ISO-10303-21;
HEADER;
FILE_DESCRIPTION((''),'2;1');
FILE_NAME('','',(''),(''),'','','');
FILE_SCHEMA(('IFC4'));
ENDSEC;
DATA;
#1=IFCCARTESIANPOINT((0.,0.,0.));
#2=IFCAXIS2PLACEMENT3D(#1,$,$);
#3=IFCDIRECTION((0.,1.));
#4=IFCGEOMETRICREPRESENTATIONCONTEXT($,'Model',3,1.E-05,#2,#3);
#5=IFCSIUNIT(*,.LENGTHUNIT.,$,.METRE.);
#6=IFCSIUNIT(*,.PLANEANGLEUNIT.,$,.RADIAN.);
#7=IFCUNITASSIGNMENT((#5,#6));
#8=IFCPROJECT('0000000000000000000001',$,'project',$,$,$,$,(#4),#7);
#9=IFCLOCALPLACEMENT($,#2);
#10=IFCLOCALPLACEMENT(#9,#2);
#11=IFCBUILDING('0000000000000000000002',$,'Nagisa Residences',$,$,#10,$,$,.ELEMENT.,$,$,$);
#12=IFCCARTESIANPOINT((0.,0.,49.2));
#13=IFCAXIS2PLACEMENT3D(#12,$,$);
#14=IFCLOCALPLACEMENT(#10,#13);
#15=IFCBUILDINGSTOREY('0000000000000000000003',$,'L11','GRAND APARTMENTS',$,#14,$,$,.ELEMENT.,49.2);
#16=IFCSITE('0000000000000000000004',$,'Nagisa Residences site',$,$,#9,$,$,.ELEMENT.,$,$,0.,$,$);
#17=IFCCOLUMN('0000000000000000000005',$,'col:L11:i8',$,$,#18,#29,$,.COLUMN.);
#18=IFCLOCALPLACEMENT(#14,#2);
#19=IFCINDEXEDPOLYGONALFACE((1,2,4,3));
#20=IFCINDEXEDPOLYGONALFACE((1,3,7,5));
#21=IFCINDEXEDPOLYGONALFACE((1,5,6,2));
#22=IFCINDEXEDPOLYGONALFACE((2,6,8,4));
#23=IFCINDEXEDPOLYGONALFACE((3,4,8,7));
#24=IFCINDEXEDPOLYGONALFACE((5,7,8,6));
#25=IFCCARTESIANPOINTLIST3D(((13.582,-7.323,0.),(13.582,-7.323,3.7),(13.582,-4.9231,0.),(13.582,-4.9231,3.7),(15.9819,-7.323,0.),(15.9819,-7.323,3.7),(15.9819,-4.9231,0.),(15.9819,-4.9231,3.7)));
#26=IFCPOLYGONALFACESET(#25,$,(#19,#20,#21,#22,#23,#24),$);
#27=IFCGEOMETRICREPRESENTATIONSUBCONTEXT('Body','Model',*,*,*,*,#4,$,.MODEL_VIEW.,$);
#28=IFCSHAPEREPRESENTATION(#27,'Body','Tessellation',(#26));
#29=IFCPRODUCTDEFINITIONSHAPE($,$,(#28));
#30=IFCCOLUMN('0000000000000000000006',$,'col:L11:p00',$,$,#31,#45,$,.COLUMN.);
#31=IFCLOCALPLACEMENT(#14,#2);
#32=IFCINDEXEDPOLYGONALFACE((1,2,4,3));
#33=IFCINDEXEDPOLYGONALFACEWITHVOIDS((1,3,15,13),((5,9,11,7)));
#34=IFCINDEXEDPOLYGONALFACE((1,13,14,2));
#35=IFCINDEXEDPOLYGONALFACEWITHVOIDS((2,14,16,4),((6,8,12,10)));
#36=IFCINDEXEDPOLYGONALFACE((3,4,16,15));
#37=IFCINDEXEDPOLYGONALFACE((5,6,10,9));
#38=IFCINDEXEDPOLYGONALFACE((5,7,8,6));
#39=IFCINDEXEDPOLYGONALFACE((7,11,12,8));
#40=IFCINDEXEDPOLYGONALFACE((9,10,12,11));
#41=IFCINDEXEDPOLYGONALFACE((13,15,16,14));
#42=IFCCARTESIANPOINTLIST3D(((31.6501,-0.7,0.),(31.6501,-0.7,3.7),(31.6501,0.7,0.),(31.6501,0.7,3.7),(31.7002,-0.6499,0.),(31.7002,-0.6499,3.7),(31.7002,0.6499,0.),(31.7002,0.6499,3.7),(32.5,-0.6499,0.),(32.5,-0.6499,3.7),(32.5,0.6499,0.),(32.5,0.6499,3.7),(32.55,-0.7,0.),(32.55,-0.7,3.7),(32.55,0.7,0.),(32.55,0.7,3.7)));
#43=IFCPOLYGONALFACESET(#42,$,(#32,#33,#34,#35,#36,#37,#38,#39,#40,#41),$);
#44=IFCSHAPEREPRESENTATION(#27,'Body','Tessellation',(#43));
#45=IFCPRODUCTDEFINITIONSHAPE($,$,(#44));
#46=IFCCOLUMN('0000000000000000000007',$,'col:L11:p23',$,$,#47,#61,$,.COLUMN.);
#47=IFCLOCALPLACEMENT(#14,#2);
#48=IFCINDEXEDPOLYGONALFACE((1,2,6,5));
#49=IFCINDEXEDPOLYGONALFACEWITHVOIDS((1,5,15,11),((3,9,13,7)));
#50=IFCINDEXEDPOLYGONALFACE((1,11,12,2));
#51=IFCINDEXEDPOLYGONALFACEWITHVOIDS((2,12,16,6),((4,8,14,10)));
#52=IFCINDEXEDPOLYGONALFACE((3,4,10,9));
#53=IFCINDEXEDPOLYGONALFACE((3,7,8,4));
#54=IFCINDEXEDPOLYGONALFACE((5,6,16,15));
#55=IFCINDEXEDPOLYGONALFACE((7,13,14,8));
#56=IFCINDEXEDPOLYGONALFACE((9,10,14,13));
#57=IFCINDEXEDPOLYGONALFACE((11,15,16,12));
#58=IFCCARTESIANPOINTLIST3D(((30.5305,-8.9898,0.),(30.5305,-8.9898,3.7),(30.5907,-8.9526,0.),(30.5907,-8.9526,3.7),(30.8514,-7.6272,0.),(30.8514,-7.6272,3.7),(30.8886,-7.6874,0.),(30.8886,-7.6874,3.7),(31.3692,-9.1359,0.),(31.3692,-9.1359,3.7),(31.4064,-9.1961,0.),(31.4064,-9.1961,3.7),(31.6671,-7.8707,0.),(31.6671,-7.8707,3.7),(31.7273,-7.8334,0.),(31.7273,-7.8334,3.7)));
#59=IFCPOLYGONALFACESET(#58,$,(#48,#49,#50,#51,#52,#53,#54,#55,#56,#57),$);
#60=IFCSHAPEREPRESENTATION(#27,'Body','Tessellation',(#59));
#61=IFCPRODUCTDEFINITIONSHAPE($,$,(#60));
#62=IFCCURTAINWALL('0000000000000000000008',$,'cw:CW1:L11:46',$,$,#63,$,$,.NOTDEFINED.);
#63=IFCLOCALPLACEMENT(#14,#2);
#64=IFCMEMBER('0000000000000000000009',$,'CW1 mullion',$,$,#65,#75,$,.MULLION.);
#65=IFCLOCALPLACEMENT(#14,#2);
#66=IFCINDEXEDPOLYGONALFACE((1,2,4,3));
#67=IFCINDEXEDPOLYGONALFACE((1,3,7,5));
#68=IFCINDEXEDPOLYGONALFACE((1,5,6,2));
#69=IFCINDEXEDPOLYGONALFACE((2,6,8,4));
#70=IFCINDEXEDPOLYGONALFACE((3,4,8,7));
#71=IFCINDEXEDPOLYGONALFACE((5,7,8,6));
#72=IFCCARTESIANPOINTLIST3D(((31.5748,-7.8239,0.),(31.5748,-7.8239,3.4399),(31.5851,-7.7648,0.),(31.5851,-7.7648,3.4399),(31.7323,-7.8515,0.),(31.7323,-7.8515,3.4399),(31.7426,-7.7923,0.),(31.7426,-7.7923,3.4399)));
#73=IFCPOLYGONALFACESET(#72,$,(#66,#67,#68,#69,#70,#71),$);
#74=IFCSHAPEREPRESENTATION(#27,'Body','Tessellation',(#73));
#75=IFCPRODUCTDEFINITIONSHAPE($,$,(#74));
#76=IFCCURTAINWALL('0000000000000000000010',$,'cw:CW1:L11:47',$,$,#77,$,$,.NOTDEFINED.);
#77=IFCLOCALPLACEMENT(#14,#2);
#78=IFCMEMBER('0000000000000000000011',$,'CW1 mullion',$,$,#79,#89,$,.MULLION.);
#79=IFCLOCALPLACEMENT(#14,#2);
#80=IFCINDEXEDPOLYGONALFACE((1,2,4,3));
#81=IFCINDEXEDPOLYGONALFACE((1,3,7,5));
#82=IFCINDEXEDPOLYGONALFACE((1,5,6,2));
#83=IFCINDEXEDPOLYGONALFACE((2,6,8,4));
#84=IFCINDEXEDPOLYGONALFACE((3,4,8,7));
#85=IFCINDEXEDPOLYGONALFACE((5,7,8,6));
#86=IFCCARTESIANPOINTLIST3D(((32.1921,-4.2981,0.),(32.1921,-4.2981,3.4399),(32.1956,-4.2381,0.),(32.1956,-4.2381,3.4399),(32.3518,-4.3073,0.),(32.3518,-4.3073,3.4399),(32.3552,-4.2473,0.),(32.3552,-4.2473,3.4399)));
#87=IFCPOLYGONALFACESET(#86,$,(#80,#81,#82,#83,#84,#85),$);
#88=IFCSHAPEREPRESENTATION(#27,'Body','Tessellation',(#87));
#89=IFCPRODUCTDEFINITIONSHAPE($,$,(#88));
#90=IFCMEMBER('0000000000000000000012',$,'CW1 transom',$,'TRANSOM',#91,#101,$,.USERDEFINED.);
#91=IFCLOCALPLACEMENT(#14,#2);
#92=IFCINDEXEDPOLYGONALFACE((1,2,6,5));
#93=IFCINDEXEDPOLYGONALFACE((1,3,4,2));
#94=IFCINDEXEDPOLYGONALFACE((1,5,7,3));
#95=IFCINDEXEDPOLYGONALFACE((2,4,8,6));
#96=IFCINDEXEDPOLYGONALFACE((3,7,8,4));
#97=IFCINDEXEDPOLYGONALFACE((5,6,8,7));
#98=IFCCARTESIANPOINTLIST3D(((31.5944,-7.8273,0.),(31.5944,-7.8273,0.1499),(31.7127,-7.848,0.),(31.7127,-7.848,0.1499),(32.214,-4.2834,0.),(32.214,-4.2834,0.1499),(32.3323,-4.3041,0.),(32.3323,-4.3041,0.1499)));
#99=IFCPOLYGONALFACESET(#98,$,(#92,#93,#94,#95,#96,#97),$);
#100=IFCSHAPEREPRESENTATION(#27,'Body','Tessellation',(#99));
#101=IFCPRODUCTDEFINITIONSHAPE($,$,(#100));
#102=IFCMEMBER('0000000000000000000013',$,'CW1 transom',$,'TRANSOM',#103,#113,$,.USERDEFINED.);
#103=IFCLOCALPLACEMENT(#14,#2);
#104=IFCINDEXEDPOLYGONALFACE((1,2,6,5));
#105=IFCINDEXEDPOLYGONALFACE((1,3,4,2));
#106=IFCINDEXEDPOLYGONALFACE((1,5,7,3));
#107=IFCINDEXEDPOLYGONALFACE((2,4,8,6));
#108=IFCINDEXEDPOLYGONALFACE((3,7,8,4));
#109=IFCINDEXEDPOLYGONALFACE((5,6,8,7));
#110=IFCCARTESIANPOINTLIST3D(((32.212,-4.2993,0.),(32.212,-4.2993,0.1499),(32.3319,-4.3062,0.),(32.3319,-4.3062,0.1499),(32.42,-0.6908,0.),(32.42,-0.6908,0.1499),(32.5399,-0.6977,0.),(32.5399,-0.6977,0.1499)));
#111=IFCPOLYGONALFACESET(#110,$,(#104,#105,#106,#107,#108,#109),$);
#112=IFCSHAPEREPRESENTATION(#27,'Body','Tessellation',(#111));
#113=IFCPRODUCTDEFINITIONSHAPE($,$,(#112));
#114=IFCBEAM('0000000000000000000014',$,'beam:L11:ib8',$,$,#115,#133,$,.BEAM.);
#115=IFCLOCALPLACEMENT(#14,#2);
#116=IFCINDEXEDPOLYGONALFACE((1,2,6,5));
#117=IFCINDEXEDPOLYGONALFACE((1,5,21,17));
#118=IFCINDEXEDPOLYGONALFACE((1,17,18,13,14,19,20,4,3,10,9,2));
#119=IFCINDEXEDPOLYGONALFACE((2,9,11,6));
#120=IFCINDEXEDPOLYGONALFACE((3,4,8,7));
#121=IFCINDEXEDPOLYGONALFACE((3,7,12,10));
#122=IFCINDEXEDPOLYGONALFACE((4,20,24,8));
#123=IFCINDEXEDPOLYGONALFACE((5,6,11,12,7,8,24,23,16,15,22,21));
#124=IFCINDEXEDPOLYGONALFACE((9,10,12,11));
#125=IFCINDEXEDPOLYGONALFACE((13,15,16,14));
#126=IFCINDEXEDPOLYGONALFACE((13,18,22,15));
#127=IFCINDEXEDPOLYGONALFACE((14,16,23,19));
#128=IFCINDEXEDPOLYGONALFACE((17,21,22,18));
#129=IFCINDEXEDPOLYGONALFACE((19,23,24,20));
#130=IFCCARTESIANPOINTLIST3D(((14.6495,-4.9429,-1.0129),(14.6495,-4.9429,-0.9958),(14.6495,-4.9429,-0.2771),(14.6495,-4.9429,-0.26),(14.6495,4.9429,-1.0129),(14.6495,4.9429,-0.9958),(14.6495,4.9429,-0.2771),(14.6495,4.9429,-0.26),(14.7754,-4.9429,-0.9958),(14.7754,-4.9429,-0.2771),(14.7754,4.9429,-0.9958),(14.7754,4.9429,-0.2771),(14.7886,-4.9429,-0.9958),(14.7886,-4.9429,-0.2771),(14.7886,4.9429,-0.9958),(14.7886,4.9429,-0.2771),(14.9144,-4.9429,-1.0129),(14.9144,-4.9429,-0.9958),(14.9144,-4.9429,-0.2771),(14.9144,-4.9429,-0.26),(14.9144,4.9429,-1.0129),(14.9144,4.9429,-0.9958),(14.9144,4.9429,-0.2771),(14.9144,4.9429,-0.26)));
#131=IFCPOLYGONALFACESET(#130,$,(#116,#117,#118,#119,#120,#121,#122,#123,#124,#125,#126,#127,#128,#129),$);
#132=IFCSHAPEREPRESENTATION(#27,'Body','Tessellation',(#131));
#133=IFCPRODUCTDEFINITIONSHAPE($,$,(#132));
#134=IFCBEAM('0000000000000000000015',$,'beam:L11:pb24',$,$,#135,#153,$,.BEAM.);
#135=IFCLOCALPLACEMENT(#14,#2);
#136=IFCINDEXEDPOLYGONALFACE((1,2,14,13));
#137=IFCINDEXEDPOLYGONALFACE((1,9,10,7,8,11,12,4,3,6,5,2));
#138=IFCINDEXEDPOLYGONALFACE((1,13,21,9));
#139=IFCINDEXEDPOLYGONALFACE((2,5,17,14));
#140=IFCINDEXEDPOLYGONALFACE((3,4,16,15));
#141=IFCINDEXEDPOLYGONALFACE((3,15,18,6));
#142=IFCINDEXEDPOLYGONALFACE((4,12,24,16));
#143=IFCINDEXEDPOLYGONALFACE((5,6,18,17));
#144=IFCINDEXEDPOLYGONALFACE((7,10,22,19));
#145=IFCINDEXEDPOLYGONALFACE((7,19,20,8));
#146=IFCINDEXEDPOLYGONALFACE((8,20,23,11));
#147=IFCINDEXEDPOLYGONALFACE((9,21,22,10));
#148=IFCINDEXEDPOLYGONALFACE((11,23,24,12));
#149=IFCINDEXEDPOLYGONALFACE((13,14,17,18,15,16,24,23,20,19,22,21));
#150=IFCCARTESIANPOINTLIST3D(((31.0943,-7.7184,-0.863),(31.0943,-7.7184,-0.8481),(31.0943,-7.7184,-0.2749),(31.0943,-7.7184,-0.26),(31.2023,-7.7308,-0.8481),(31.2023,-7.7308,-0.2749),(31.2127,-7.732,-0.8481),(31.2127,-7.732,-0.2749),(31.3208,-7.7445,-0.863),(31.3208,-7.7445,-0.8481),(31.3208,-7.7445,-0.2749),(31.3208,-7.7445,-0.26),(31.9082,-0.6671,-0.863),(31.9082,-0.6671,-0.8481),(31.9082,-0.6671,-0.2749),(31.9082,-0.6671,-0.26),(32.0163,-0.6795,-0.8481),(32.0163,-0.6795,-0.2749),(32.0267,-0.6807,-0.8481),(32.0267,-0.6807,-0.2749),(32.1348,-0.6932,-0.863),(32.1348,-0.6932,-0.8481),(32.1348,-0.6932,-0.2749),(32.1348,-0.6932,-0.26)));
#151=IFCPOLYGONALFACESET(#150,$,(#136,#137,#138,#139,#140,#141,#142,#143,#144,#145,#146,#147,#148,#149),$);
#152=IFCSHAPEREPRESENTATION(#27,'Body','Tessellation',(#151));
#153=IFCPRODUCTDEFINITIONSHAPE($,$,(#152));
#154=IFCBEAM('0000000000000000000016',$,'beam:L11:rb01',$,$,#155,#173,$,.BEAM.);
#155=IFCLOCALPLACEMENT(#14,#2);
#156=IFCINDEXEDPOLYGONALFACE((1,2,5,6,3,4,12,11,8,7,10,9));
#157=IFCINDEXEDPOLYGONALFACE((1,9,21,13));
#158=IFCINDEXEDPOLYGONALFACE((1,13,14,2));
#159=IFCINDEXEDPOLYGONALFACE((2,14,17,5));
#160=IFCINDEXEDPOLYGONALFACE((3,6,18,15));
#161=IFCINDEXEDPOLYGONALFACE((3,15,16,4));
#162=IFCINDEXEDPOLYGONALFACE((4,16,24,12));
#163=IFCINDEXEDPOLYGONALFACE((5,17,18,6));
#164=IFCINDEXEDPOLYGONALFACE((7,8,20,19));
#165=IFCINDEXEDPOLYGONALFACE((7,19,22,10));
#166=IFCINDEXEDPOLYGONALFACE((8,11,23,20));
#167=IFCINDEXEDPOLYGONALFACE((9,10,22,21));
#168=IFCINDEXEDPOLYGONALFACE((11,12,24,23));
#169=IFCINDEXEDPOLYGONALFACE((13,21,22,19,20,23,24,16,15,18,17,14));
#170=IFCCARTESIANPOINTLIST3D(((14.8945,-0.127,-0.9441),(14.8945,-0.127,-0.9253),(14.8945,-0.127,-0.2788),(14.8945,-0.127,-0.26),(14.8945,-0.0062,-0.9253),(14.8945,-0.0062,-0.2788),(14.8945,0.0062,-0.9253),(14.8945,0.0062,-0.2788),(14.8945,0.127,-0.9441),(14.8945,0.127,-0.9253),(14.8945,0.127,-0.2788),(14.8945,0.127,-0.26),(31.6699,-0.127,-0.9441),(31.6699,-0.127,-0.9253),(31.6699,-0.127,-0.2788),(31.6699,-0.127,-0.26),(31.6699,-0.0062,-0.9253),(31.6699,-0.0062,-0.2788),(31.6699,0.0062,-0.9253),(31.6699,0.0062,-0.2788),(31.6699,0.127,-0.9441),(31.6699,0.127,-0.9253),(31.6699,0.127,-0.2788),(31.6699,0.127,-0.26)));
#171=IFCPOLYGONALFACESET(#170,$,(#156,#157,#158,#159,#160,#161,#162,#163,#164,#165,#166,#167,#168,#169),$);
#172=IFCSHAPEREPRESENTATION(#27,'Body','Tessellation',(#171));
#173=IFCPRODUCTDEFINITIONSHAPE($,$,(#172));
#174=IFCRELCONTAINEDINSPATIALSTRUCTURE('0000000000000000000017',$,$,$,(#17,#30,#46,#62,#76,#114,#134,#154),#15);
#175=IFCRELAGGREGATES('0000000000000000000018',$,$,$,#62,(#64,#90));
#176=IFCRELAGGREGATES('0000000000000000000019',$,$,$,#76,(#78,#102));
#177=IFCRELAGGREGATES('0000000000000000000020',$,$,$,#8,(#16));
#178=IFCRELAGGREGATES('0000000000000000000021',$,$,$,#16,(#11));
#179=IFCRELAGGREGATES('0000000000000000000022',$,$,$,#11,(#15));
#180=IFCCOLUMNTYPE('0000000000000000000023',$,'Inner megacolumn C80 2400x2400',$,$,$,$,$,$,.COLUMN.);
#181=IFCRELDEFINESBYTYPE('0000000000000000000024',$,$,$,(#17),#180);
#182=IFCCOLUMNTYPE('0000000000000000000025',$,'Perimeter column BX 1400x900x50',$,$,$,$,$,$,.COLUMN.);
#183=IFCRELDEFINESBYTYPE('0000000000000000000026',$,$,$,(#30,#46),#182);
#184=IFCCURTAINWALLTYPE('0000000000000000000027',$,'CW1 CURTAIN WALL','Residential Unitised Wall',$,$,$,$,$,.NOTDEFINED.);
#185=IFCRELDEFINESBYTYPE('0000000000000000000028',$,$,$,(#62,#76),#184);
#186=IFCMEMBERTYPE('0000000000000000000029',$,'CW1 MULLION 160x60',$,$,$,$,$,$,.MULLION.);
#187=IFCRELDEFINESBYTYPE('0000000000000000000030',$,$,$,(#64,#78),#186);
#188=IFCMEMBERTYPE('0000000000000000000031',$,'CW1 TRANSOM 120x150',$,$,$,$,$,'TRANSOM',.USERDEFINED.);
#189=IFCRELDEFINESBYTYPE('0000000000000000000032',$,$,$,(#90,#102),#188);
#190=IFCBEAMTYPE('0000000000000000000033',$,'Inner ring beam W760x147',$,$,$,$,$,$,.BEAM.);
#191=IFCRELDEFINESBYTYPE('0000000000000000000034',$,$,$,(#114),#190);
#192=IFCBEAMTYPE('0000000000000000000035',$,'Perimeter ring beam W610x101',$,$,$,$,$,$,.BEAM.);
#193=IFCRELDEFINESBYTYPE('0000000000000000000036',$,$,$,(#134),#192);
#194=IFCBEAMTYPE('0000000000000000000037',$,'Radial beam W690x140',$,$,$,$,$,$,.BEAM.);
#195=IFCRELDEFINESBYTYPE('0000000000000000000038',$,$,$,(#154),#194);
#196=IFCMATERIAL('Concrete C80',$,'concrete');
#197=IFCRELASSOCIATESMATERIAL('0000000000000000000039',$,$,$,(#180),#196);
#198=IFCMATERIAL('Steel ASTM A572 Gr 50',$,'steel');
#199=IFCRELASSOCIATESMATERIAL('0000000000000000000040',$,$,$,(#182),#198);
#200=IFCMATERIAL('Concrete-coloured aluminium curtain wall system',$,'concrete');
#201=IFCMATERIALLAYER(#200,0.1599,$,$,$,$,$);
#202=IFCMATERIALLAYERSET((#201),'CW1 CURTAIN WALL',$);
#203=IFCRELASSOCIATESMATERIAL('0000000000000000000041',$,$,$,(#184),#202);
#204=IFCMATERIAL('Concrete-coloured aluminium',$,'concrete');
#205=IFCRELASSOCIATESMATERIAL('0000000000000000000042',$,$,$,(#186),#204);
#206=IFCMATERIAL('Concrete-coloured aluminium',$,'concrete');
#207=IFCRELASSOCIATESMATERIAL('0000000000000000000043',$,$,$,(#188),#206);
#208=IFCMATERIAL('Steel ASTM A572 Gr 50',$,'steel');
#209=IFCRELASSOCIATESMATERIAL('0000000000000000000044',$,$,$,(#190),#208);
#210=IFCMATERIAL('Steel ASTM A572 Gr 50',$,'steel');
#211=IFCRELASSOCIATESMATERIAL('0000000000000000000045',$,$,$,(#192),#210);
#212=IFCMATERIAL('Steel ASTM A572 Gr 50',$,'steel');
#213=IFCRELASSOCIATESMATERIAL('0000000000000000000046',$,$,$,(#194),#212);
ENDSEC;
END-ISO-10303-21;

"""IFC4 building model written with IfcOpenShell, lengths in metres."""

from ifc_helpers import new_model, si_unit, direction, frame, origin, origin_2d, place, context, subcontext, project, spatial, rectangle, hollow_rectangle, i_section, extrude, material, layer, layer_set, material_profile, profile_set, type_object, element, aggregate, save


model = new_model("IFC4")

# Units and contexts
model_context = context("Model", 3, precision=1e-05, world=origin(), true_north=direction((0.0, 1.0)))
body_context = subcontext(model_context, "Body", "Model", "MODEL_VIEW")
ifc_project = project(units=[si_unit("LENGTHUNIT", "METRE"), si_unit("PLANEANGLEUNIT", "RADIAN")], contexts=[model_context])

# Site, building, storey
site_placement = place(None, origin())
site = spatial("IfcSite", under=ifc_project, at=site_placement, Name="Nagisa Residences site", CompositionType="ELEMENT", RefElevation=0.0)
building_placement = place(site_placement, origin())
building = spatial("IfcBuilding", under=site, at=building_placement, Name="Nagisa Residences", CompositionType="ELEMENT")
storey_placement = place(building_placement, frame((0.0, 0.0, 49.2)))
storey = spatial("IfcBuildingStorey", under=building, at=storey_placement, Name="L11", Description="GRAND APARTMENTS", CompositionType="ELEMENT", Elevation=49.2)

# Columns
ifc_material_1 = material(Name="Concrete C80", Category="concrete")
ifc_material_profile_1 = material_profile(ifc_material_1, rectangle(XDim=2.3999, YDim=2.3999, at=origin_2d()), Name="C80 2400x2400")
ifc_profile_set_1 = profile_set([ifc_material_profile_1], Name="Concrete C80")
column_type_1 = type_object("IfcColumnType", Name="Inner megacolumn C80 2400x2400", PredefinedType="COLUMN", material=ifc_profile_set_1)
column_placement = place(storey_placement, frame((14.782, -6.123, 0.0), z_axis=(0.0, 0.0, 1.0), x_axis=(1.0, 0.0, 0.0)))
element("IfcColumn", 1, at=column_placement, inside=storey, type_object=column_type_1, Name="col:L11:i8", PredefinedType="COLUMN", context=body_context, shape_type="SweptSolid", body=[
    extrude(rectangle(XDim=2.3999, YDim=2.3999, at=origin_2d()), origin(), (0.0, 0.0, 1.0), 3.7),
])
ifc_material_2 = material(Name="Steel ASTM A572 Gr 50", Category="steel")
ifc_material_profile_2 = material_profile(ifc_material_2, hollow_rectangle(XDim=1.3999, YDim=0.8999, WallThickness=0.05, at=origin_2d()), Name="BX 1400x900x50")
ifc_profile_set_2 = profile_set([ifc_material_profile_2], Name="Steel ASTM A572 Gr 50")
column_type_2 = type_object("IfcColumnType", Name="Perimeter column BX 1400x900x50", PredefinedType="COLUMN", material=ifc_profile_set_2)
for number, where, z_axis, x_axis, name in (
    (2, (32.1001, 0.0, 0.0), (0.0, 0.0, 1.0), (0.0, 1.0, 0.0), "col:L11:p00"),
    (3, (31.1289, -8.4116, 0.0), (0.0, 0.0, 1.0), (0.229202, 0.973379, 0.0), "col:L11:p23"),
):
    element("IfcColumn", number, at=place(storey_placement, frame(where, z_axis=z_axis, x_axis=x_axis)), inside=storey, type_object=column_type_2, Name=name, PredefinedType="COLUMN", context=body_context, shape_type="SweptSolid", body=[
        extrude(hollow_rectangle(XDim=1.3999, YDim=0.8999, WallThickness=0.05, at=origin_2d()), origin(), (0.0, 0.0, 1.0), 3.7),
    ])

# Curtain walls, members
ifc_material_3 = material(Name="Concrete-coloured aluminium curtain wall system", Category="concrete")
ifc_layer_1 = layer(ifc_material_3, 0.1599)
ifc_layer_set_1 = layer_set([ifc_layer_1], Name="CW1 CURTAIN WALL")
curtain_wall_type = type_object("IfcCurtainWallType", Name="CW1 CURTAIN WALL", Description="Residential Unitised Wall", PredefinedType="NOTDEFINED", material=ifc_layer_set_1)
curtain_wall_1_placement = place(storey_placement, origin())
curtain_wall_1 = element("IfcCurtainWall", 4, at=curtain_wall_1_placement, inside=storey, type_object=curtain_wall_type, Name="cw:CW1:L11:46", PredefinedType="NOTDEFINED")
ifc_material_4 = material(Name="Concrete-coloured aluminium", Category="concrete")
ifc_material_profile_3 = material_profile(ifc_material_4, rectangle(XDim=0.1599, YDim=0.0601, at=origin_2d()), Name="CW1 MULLION 160x60")
ifc_profile_set_3 = profile_set([ifc_material_profile_3], Name="Concrete-coloured aluminium")
member_type_1 = type_object("IfcMemberType", Name="CW1 MULLION 160x60", PredefinedType="MULLION", material=ifc_profile_set_3)
member_1_placement = place(storey_placement, frame((31.6587, -7.8081, 0.0), z_axis=(0.0, 0.0, 1.0), x_axis=(-0.985064, 0.172191, 0.0)))
member_1 = element("IfcMember", 5, at=member_1_placement, type_object=member_type_1, Name="CW1 mullion", PredefinedType="MULLION", context=body_context, shape_type="SweptSolid", body=[
    extrude(rectangle(XDim=0.1599, YDim=0.0601, at=origin_2d()), origin(), (0.0, 0.0, 1.0), 3.4399),
])
curtain_wall_2_placement = place(storey_placement, origin())
curtain_wall_2 = element("IfcCurtainWall", 6, at=curtain_wall_2_placement, inside=storey, type_object=curtain_wall_type, Name="cw:CW1:L11:47", PredefinedType="NOTDEFINED")
member_2_placement = place(storey_placement, frame((32.2737, -4.2727, 0.0), z_axis=(0.0, 0.0, 1.0), x_axis=(-0.998345, 0.057503, 0.0)))
member_2 = element("IfcMember", 7, at=member_2_placement, type_object=member_type_1, Name="CW1 mullion", PredefinedType="MULLION", context=body_context, shape_type="SweptSolid", body=[
    extrude(rectangle(XDim=0.1599, YDim=0.0601, at=origin_2d()), origin(), (0.0, 0.0, 1.0), 3.4399),
])

# Members
ifc_material_5 = material(Name="Concrete-coloured aluminium", Category="concrete")
ifc_material_profile_4 = material_profile(ifc_material_5, rectangle(XDim=0.1201, YDim=0.1499, at=origin_2d()), Name="CW1 TRANSOM 120x150")
ifc_profile_set_4 = profile_set([ifc_material_profile_4], Name="Concrete-coloured aluminium")
member_type_2 = type_object("IfcMemberType", Name="CW1 TRANSOM 120x150", ElementType="TRANSOM", PredefinedType="USERDEFINED", material=ifc_profile_set_4)
member_3_placement = place(storey_placement, frame((31.6536, -7.8376, 0.075), z_axis=(0.172229, 0.985057, 0.0), x_axis=(-0.985057, 0.172229, 0.0)))
member_3 = element("IfcMember", 8, at=member_3_placement, type_object=member_type_2, Name="CW1 transom", ObjectType="TRANSOM", PredefinedType="USERDEFINED", context=body_context, shape_type="SweptSolid", body=[
    extrude(rectangle(XDim=0.1201, YDim=0.1499, at=origin_2d()), origin(), (0.0, 0.0, 1.0), 3.5977),
])
member_4_placement = place(storey_placement, frame((32.272, -4.3027, 0.075), z_axis=(0.05755, 0.998343, 0.0), x_axis=(-0.998343, 0.05755, 0.0)))
member_4 = element("IfcMember", 9, at=member_4_placement, type_object=member_type_2, Name="CW1 transom", ObjectType="TRANSOM", PredefinedType="USERDEFINED", context=body_context, shape_type="SweptSolid", body=[
    extrude(rectangle(XDim=0.1201, YDim=0.1499, at=origin_2d()), origin(), (0.0, 0.0, 1.0), 3.6145),
])

# Beams
ifc_material_6 = material(Name="Steel ASTM A572 Gr 50", Category="steel")
ifc_material_profile_5 = material_profile(ifc_material_6, i_section(OverallWidth=0.2649, OverallDepth=0.7529, WebThickness=0.0132, FlangeThickness=0.0171, at=origin_2d()), Name="W760x147")
ifc_profile_set_5 = profile_set([ifc_material_profile_5], Name="Steel ASTM A572 Gr 50")
beam_type_1 = type_object("IfcBeamType", Name="Inner ring beam W760x147", PredefinedType="BEAM", material=ifc_profile_set_5)
beam_1_placement = place(storey_placement, frame((14.782, -4.9429, -0.6365), z_axis=(0.0, 1.0, 0.0), x_axis=(-1.0, 0.0, 0.0)))
element("IfcBeam", 10, at=beam_1_placement, inside=storey, type_object=beam_type_1, Name="beam:L11:ib8", PredefinedType="BEAM", context=body_context, shape_type="SweptSolid", body=[
    extrude(i_section(OverallWidth=0.2649, OverallDepth=0.7529, WebThickness=0.0132, FlangeThickness=0.0171, at=origin_2d()), origin(), (0.0, 0.0, 1.0), 9.8857),
])
ifc_material_7 = material(Name="Steel ASTM A572 Gr 50", Category="steel")
ifc_material_profile_6 = material_profile(ifc_material_7, i_section(OverallWidth=0.228, OverallDepth=0.603, WebThickness=0.0105, FlangeThickness=0.0149, at=origin_2d()), Name="W610x101")
ifc_profile_set_6 = profile_set([ifc_material_profile_6], Name="Steel ASTM A572 Gr 50")
beam_type_2 = type_object("IfcBeamType", Name="Perimeter ring beam W610x101", PredefinedType="BEAM", material=ifc_profile_set_6)
beam_2_placement = place(storey_placement, frame((31.2075, -7.7314, -0.5615), z_axis=(0.114674, 0.993403, 0.0), x_axis=(-0.993403, 0.114674, 0.0)))
element("IfcBeam", 11, at=beam_2_placement, inside=storey, type_object=beam_type_2, Name="beam:L11:pb24", PredefinedType="BEAM", context=body_context, shape_type="SweptSolid", body=[
    extrude(i_section(OverallWidth=0.228, OverallDepth=0.603, WebThickness=0.0105, FlangeThickness=0.0149, at=origin_2d()), origin(), (0.0, 0.0, 1.0), 7.0981),
])
ifc_material_8 = material(Name="Steel ASTM A572 Gr 50", Category="steel")
ifc_material_profile_7 = material_profile(ifc_material_8, i_section(OverallWidth=0.2539, OverallDepth=0.6841, WebThickness=0.0125, FlangeThickness=0.0188, at=origin_2d()), Name="W690x140")
ifc_profile_set_7 = profile_set([ifc_material_profile_7], Name="Steel ASTM A572 Gr 50")
beam_type_3 = type_object("IfcBeamType", Name="Radial beam W690x140", PredefinedType="BEAM", material=ifc_profile_set_7)
beam_3_placement = place(storey_placement, frame((31.6699, 0.0, -0.6021), z_axis=(-1.0, 0.0, 0.0), x_axis=(0.0, -1.0, 0.0)))
element("IfcBeam", 12, at=beam_3_placement, inside=storey, type_object=beam_type_3, Name="beam:L11:rb01", PredefinedType="BEAM", context=body_context, shape_type="SweptSolid", body=[
    extrude(i_section(OverallWidth=0.2539, OverallDepth=0.6841, WebThickness=0.0125, FlangeThickness=0.0188, at=origin_2d()), origin(), (0.0, 0.0, 1.0), 16.7754),
])

aggregate(curtain_wall_1, [member_1, member_3])
aggregate(curtain_wall_2, [member_2, member_4])

save(model, "model.ifc")
